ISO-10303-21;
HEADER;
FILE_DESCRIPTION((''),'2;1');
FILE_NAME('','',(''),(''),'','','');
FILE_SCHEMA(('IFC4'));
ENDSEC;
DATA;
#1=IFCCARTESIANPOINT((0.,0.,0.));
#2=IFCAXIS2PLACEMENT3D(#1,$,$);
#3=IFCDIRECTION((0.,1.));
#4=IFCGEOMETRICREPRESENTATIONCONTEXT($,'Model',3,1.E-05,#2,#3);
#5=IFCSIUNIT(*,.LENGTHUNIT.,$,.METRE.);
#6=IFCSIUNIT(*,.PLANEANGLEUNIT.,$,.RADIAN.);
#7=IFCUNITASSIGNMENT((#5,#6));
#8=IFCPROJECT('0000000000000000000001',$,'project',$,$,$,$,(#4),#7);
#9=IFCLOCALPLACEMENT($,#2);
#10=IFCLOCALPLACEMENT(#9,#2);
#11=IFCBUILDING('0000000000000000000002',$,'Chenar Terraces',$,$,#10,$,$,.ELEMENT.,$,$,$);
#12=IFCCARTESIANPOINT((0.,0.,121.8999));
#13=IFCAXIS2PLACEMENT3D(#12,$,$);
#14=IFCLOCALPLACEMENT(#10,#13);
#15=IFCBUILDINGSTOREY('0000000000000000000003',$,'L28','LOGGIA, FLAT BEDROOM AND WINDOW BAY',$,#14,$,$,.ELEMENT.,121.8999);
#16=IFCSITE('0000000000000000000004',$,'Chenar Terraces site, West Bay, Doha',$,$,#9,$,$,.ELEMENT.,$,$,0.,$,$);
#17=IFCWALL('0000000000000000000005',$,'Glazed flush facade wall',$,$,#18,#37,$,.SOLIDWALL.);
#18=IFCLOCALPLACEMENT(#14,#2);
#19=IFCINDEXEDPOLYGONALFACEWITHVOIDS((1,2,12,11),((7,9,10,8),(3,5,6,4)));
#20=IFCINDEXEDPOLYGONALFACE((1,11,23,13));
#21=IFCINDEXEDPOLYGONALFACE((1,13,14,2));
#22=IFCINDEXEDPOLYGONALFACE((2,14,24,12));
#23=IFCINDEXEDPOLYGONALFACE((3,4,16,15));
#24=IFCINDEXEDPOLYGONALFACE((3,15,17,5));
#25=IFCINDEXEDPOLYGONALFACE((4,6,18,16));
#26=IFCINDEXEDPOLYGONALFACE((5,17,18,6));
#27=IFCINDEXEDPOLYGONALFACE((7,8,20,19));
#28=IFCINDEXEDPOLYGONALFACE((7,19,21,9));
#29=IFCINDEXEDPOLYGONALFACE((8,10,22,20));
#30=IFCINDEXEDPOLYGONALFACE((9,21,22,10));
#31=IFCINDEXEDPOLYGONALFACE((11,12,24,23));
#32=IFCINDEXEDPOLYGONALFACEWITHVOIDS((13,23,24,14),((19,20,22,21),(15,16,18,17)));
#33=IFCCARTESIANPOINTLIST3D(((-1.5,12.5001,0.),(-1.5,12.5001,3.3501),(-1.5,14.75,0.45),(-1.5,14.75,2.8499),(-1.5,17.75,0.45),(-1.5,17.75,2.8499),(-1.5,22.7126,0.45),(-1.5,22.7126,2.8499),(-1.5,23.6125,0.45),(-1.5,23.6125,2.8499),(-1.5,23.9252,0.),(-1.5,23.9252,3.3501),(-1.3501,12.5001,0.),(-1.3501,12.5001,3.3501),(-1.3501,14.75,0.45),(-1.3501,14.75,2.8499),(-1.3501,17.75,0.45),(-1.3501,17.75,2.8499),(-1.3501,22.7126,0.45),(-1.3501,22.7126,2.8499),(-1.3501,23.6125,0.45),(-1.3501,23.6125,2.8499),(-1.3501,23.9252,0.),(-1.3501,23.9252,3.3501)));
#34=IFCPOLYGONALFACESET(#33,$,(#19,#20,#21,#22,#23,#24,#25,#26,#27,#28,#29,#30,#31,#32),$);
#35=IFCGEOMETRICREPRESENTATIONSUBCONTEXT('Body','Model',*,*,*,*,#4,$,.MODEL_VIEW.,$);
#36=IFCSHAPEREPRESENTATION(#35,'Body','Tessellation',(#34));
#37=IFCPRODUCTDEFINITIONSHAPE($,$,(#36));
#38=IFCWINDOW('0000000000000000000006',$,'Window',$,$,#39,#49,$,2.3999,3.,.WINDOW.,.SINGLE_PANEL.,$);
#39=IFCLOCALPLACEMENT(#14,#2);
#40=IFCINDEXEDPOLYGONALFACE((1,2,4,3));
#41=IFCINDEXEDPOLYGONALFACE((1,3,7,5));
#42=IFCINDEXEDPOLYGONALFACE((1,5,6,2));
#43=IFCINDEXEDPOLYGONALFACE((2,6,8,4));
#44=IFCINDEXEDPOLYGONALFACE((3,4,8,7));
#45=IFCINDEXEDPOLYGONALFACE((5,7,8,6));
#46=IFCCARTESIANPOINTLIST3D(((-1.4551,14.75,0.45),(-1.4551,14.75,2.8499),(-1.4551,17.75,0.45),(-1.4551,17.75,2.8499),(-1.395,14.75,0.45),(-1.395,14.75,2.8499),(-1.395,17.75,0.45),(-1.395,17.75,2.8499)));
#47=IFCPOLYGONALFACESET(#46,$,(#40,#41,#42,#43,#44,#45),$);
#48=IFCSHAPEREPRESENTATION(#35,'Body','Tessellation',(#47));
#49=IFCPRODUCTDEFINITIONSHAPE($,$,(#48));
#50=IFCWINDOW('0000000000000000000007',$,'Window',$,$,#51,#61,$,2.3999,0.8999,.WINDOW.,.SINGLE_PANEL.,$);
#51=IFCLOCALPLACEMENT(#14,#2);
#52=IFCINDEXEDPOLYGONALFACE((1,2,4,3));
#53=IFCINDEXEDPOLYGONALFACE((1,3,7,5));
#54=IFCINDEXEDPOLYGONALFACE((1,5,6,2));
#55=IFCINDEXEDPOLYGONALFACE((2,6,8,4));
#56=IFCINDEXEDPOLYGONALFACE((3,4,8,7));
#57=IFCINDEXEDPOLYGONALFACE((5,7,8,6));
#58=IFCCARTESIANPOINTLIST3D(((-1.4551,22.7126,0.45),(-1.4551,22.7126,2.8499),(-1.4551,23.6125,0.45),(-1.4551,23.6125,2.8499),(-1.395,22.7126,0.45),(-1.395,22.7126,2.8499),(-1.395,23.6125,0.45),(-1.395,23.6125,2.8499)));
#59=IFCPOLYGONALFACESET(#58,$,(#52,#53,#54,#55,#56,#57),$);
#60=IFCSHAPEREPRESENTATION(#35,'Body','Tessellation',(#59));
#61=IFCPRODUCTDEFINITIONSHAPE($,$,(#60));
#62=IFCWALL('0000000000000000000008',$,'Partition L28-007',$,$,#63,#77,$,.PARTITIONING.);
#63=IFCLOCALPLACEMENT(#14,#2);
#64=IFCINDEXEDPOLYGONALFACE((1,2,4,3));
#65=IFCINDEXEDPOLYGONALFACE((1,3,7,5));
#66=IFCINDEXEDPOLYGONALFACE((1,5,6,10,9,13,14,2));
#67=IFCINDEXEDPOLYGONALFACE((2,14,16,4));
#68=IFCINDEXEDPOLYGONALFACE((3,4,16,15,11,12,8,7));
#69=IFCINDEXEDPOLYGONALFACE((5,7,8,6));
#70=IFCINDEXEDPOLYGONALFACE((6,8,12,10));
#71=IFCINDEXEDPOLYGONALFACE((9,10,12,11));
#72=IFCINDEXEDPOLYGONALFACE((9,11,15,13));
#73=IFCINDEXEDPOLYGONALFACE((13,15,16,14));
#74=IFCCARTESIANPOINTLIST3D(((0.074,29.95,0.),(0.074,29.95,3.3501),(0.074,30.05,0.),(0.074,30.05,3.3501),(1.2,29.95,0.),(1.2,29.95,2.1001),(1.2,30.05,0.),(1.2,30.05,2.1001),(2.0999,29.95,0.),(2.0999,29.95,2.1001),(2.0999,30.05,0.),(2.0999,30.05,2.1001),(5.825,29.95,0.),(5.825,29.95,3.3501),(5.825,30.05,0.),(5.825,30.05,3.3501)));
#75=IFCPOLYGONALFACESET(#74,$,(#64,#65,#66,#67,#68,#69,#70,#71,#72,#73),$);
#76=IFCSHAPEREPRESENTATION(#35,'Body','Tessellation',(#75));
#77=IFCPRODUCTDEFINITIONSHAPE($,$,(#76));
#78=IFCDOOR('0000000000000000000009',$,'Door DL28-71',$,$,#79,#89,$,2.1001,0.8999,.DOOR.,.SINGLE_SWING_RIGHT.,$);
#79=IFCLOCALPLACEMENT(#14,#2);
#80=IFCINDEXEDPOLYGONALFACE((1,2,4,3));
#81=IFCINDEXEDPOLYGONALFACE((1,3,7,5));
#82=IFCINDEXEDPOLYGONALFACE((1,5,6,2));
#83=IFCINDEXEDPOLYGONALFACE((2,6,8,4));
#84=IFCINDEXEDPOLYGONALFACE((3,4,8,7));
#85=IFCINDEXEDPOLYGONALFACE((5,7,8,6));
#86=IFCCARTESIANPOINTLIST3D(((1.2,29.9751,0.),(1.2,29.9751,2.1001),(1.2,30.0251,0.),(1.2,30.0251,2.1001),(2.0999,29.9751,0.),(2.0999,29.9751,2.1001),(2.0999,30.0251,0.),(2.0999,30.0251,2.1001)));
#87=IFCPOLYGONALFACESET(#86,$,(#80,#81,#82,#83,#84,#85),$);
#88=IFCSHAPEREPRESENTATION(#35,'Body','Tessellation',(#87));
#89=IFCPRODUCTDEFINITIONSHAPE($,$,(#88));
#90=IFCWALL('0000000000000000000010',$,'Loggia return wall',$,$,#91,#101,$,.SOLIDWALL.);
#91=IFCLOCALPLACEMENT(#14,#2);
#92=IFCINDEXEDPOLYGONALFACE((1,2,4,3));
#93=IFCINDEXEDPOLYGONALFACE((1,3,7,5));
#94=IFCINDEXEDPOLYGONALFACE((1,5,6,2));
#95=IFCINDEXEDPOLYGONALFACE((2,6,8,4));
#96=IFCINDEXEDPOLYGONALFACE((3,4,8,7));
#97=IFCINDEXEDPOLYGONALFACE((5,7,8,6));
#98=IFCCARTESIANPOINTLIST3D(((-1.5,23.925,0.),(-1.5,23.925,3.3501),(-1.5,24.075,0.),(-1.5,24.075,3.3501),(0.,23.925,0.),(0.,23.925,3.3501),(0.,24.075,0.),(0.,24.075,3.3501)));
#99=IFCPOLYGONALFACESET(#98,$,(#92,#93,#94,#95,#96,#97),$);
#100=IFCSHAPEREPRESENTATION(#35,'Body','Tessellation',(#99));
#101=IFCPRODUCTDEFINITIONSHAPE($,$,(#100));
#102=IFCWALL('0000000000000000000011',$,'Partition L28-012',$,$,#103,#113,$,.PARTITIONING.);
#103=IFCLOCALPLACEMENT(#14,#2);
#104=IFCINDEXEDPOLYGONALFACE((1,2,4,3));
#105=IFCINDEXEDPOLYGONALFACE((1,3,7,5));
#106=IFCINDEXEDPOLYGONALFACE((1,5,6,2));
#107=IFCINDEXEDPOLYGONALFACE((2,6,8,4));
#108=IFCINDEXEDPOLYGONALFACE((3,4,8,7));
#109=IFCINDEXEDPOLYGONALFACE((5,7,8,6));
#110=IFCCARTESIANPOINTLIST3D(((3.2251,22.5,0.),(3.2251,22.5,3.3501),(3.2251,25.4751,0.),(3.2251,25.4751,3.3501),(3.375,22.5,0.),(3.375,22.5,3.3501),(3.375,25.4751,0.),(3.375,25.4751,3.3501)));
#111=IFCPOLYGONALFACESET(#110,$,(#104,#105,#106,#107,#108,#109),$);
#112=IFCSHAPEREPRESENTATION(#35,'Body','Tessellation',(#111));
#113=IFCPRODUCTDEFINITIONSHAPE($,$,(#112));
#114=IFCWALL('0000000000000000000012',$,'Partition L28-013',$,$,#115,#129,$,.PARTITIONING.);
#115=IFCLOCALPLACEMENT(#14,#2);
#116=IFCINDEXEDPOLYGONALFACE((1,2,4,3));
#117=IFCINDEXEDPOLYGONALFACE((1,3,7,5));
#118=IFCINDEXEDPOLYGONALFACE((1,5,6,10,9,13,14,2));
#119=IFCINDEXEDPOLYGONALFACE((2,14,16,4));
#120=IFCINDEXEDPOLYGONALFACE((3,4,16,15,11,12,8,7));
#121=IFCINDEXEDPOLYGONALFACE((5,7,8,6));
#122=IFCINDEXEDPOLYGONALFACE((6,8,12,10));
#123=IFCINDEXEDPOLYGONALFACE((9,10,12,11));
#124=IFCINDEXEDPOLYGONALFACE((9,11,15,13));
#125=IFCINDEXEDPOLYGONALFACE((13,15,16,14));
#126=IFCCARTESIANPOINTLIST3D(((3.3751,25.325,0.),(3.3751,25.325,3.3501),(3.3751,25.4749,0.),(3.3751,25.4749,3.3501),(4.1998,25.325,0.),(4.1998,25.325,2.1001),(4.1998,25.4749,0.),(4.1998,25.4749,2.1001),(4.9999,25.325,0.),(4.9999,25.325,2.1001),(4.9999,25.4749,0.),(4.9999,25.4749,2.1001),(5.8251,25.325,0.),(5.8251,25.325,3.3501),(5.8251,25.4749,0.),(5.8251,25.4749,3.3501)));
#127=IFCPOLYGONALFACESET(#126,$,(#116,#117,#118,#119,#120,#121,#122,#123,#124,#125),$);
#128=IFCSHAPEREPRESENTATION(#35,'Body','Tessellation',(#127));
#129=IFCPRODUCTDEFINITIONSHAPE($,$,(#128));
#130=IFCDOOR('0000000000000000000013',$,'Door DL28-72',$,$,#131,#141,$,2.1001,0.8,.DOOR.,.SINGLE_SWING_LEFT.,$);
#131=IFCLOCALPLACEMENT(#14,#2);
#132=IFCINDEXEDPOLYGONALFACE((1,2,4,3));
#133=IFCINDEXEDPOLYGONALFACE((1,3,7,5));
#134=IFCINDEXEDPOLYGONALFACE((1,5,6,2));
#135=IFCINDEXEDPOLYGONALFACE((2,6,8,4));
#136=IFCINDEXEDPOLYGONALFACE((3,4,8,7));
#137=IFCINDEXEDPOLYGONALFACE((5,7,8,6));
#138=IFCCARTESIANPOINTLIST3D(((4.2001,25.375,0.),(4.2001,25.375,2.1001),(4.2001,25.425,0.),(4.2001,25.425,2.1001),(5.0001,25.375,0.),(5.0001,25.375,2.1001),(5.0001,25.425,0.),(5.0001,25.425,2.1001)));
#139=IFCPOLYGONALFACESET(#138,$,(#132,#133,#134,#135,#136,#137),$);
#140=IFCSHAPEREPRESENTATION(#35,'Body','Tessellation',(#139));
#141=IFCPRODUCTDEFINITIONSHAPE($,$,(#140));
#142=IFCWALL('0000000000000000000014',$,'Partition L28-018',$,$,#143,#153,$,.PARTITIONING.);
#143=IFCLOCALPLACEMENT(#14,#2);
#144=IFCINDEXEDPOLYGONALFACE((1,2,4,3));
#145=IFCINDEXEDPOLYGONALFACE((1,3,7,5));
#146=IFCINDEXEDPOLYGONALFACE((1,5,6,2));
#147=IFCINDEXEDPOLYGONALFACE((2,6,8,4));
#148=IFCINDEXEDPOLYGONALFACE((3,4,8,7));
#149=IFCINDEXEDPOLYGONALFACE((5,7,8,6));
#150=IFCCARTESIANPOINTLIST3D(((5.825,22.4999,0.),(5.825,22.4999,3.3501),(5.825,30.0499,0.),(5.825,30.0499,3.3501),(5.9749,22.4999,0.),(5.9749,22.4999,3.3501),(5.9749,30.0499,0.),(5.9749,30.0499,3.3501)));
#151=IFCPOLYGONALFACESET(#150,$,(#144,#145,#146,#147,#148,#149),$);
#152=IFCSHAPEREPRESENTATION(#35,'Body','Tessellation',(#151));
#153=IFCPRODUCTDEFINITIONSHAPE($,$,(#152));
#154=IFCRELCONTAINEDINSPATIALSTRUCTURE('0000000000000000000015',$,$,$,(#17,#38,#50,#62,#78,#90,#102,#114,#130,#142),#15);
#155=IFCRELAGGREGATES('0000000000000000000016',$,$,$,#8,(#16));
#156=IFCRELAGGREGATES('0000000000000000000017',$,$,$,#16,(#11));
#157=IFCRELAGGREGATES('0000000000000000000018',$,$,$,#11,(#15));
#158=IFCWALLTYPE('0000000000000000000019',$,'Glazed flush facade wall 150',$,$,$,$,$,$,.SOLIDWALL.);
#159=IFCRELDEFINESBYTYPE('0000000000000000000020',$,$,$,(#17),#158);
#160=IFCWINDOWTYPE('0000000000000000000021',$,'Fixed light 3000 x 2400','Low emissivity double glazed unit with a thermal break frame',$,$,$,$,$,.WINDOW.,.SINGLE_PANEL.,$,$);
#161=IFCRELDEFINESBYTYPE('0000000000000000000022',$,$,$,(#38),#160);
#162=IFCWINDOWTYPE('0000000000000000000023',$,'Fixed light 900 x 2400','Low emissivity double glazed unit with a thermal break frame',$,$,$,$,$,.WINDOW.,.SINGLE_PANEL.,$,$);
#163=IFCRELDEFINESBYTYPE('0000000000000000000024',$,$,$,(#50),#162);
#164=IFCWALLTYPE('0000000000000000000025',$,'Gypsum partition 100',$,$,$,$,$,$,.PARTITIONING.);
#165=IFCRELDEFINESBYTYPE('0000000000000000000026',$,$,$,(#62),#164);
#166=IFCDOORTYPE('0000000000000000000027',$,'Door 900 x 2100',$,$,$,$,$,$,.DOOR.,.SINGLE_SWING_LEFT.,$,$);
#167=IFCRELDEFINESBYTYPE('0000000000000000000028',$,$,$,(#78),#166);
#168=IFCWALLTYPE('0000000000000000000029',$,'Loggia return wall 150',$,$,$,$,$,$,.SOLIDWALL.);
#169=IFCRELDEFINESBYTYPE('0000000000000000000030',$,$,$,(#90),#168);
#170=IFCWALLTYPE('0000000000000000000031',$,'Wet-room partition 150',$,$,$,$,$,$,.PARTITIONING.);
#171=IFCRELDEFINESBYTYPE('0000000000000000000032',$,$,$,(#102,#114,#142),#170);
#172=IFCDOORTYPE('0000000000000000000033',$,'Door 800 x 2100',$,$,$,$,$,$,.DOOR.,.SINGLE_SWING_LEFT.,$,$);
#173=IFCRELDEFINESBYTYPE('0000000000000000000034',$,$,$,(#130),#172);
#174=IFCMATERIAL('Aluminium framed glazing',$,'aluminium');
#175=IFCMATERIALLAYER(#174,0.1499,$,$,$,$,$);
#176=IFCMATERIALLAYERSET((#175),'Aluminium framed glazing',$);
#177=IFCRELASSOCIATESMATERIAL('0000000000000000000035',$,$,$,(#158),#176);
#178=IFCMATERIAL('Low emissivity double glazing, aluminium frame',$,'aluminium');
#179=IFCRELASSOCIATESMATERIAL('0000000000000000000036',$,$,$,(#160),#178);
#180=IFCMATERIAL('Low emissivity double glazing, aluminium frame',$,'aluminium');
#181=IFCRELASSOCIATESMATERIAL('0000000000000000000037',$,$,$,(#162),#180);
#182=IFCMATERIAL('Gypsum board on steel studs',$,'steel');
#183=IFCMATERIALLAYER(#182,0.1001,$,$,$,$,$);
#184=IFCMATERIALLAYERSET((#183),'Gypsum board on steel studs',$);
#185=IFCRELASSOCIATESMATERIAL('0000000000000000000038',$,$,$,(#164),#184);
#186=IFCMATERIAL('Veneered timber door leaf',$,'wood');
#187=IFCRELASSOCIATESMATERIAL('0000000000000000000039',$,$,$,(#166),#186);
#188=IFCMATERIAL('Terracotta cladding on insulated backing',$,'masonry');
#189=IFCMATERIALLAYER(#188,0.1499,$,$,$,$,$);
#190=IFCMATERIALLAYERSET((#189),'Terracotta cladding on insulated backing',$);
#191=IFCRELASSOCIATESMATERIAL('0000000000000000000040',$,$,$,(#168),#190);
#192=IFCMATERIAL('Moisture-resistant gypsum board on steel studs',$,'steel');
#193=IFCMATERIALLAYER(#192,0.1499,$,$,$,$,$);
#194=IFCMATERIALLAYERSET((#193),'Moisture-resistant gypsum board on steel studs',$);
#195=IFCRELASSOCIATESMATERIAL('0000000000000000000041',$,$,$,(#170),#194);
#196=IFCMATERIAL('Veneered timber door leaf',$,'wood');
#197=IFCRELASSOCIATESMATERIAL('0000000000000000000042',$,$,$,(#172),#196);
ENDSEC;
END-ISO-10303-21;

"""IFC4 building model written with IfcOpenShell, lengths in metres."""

from ifc_helpers import new_model, si_unit, direction, frame, frame_2d, origin, place, context, subcontext, project, spatial, rectangle, extrude, material, layer, layer_set, type_object, element, fill, save


model = new_model("IFC4")

# Units and contexts
model_context = context("Model", 3, precision=1e-05, world=origin(), true_north=direction((0.0, 1.0)))
body_context = subcontext(model_context, "Body", "Model", "MODEL_VIEW")
ifc_project = project(units=[si_unit("LENGTHUNIT", "METRE"), si_unit("PLANEANGLEUNIT", "RADIAN")], contexts=[model_context])

# Site, building, storey
site_placement = place(None, origin())
site = spatial("IfcSite", under=ifc_project, at=site_placement, Name="Chenar Terraces site, West Bay, Doha", CompositionType="ELEMENT", RefElevation=0.0)
building_placement = place(site_placement, origin())
building = spatial("IfcBuilding", under=site, at=building_placement, Name="Chenar Terraces", CompositionType="ELEMENT")
storey_placement = place(building_placement, frame((0.0, 0.0, 121.8999)))
storey = spatial("IfcBuildingStorey", under=building, at=storey_placement, Name="L28", Description="LOGGIA, FLAT BEDROOM AND WINDOW BAY", CompositionType="ELEMENT", Elevation=121.8999)

# Wall, openings, windows
ifc_material_1 = material(Name="Aluminium framed glazing", Category="aluminium")
ifc_layer_1 = layer(ifc_material_1, 0.1499)
ifc_layer_set_1 = layer_set([ifc_layer_1], Name="Aluminium framed glazing")
wall_type_1 = type_object("IfcWallType", Name="Glazed flush facade wall 150", PredefinedType="SOLIDWALL", material=ifc_layer_set_1)
wall_1_placement = place(storey_placement, frame((-1.425, 23.925, 0.0), z_axis=(0.0, 0.0, 1.0), x_axis=(0.0, -1.0, 0.0)))
wall_1 = element("IfcWall", 1, at=wall_1_placement, inside=storey, type_object=wall_type_1, Name="Glazed flush facade wall", PredefinedType="SOLIDWALL", context=body_context, shape_type="SweptSolid", body=[
    extrude(rectangle(XDim=11.425, YDim=0.1499, at=frame_2d((5.7124, 0.0))), origin(), (0.0, 0.0, 1.0), 3.3501),
])
opening_1_placement = place(wall_1_placement, frame((0.3125, 0.0, 0.45)))
opening_1 = element("IfcOpeningElement", 2, at=opening_1_placement, cuts=wall_1, PredefinedType="OPENING", context=body_context, shape_type="SweptSolid", body=[
    extrude(rectangle(XDim=0.8999, YDim=2.3999, at=frame_2d((0.45, 1.2))), frame((0.0, 0.085, 0.0), z_axis=(0.0, -1.0, 0.0), x_axis=(1.0, 0.0, 0.0)), (0.0, 0.0, 1.0), 0.1699),
])
opening_2_placement = place(wall_1_placement, frame((6.175, 0.0, 0.45)))
opening_2 = element("IfcOpeningElement", 3, at=opening_2_placement, cuts=wall_1, PredefinedType="OPENING", context=body_context, shape_type="SweptSolid", body=[
    extrude(rectangle(XDim=3.0, YDim=2.3999, at=frame_2d((1.5, 1.2))), frame((0.0, 0.085, 0.0), z_axis=(0.0, -1.0, 0.0), x_axis=(1.0, 0.0, 0.0)), (0.0, 0.0, 1.0), 0.1699),
])
ifc_material_2 = material(Name="Low emissivity double glazing, aluminium frame", Category="aluminium")
window_type_1 = type_object("IfcWindowType", Name="Fixed light 3000 x 2400", Description="Low emissivity double glazed unit with a thermal break frame", PartitioningType="SINGLE_PANEL", PredefinedType="WINDOW", material=ifc_material_2)
window_1_placement = place(opening_2_placement, origin())
window_1 = element("IfcWindow", 4, at=window_1_placement, inside=storey, type_object=window_type_1, Name="Window", OverallHeight=2.3999, OverallWidth=3.0, PartitioningType="SINGLE_PANEL", PredefinedType="WINDOW", context=body_context, shape_type="SweptSolid", body=[
    extrude(rectangle(XDim=3.0, YDim=2.3999, at=frame_2d((1.5, 1.2))), frame((0.0, 0.03, 0.0), z_axis=(0.0, -1.0, 0.0), x_axis=(1.0, 0.0, 0.0)), (0.0, 0.0, 1.0), 0.0601),
])
fill(opening_2, window_1)
ifc_material_3 = material(Name="Low emissivity double glazing, aluminium frame", Category="aluminium")
window_type_2 = type_object("IfcWindowType", Name="Fixed light 900 x 2400", Description="Low emissivity double glazed unit with a thermal break frame", PartitioningType="SINGLE_PANEL", PredefinedType="WINDOW", material=ifc_material_3)
window_2_placement = place(opening_1_placement, origin())
window_2 = element("IfcWindow", 5, at=window_2_placement, inside=storey, type_object=window_type_2, Name="Window", OverallHeight=2.3999, OverallWidth=0.8999, PartitioningType="SINGLE_PANEL", PredefinedType="WINDOW", context=body_context, shape_type="SweptSolid", body=[
    extrude(rectangle(XDim=0.8999, YDim=2.3999, at=frame_2d((0.45, 1.2))), frame((0.0, 0.03, 0.0), z_axis=(0.0, -1.0, 0.0), x_axis=(1.0, 0.0, 0.0)), (0.0, 0.0, 1.0), 0.0601),
])
fill(opening_1, window_2)

# Wall, opening, door
ifc_material_4 = material(Name="Gypsum board on steel studs", Category="steel")
ifc_layer_2 = layer(ifc_material_4, 0.1001)
ifc_layer_set_2 = layer_set([ifc_layer_2], Name="Gypsum board on steel studs")
wall_type_2 = type_object("IfcWallType", Name="Gypsum partition 100", PredefinedType="PARTITIONING", material=ifc_layer_set_2)
wall_2_placement = place(storey_placement, frame((0.074, 30.0, 0.0), z_axis=(0.0, 0.0, 1.0), x_axis=(1.0, 0.0, 0.0)))
wall_2 = element("IfcWall", 6, at=wall_2_placement, inside=storey, type_object=wall_type_2, Name="Partition L28-007", PredefinedType="PARTITIONING", context=body_context, shape_type="SweptSolid", body=[
    extrude(rectangle(XDim=5.751, YDim=0.1001, at=frame_2d((2.8755, 0.0))), origin(), (0.0, 0.0, 1.0), 3.3501),
])
opening_3_placement = place(wall_2_placement, frame((1.126, 0.0, 0.0)))
opening_3 = element("IfcOpeningElement", 7, at=opening_3_placement, cuts=wall_2, PredefinedType="OPENING", context=body_context, shape_type="SweptSolid", body=[
    extrude(rectangle(XDim=0.8999, YDim=2.1001, at=frame_2d((0.45, 1.05))), frame((0.0, 0.0601, 0.0), z_axis=(0.0, -1.0, 0.0), x_axis=(1.0, 0.0, 0.0)), (0.0, 0.0, 1.0), 0.1201),
])
ifc_material_5 = material(Name="Veneered timber door leaf", Category="wood")
door_type_1 = type_object("IfcDoorType", Name="Door 900 x 2100", OperationType="SINGLE_SWING_LEFT", PredefinedType="DOOR", material=ifc_material_5)
door_1_placement = place(opening_3_placement, frame((0.8999, 0.0, 0.0), z_axis=(0.0, 0.0, 1.0), x_axis=(-1.0, 0.0, 0.0)))
door_1 = element("IfcDoor", 8, at=door_1_placement, inside=storey, type_object=door_type_1, Name="Door DL28-71", OperationType="SINGLE_SWING_RIGHT", OverallHeight=2.1001, OverallWidth=0.8999, PredefinedType="DOOR", context=body_context, shape_type="SweptSolid", body=[
    extrude(rectangle(XDim=0.8999, YDim=2.1001, at=frame_2d((0.45, 1.05))), frame((0.0, 0.0249, 0.0), z_axis=(0.0, -1.0, 0.0), x_axis=(1.0, 0.0, 0.0)), (0.0, 0.0, 1.0), 0.05),
])
fill(opening_3, door_1)

# Walls
ifc_material_6 = material(Name="Terracotta cladding on insulated backing", Category="masonry")
ifc_layer_3 = layer(ifc_material_6, 0.1499)
ifc_layer_set_3 = layer_set([ifc_layer_3], Name="Terracotta cladding on insulated backing")
wall_type_3 = type_object("IfcWallType", Name="Loggia return wall 150", PredefinedType="SOLIDWALL", material=ifc_layer_set_3)
wall_3_placement = place(storey_placement, frame((-1.5, 24.0, 0.0), z_axis=(0.0, 0.0, 1.0), x_axis=(1.0, 0.0, 0.0)))
element("IfcWall", 9, at=wall_3_placement, inside=storey, type_object=wall_type_3, Name="Loggia return wall", PredefinedType="SOLIDWALL", context=body_context, shape_type="SweptSolid", body=[
    extrude(rectangle(XDim=1.5, YDim=0.1499, at=frame_2d((0.75, 0.0))), origin(), (0.0, 0.0, 1.0), 3.3501),
])
ifc_material_7 = material(Name="Moisture-resistant gypsum board on steel studs", Category="steel")
ifc_layer_4 = layer(ifc_material_7, 0.1499)
ifc_layer_set_4 = layer_set([ifc_layer_4], Name="Moisture-resistant gypsum board on steel studs")
wall_type_4 = type_object("IfcWallType", Name="Wet-room partition 150", PredefinedType="PARTITIONING", material=ifc_layer_set_4)
wall_4_placement = place(storey_placement, frame((3.3, 22.5, 0.0), z_axis=(0.0, 0.0, 1.0), x_axis=(0.0, 1.0, 0.0)))
element("IfcWall", 10, at=wall_4_placement, inside=storey, type_object=wall_type_4, Name="Partition L28-012", PredefinedType="PARTITIONING", context=body_context, shape_type="SweptSolid", body=[
    extrude(rectangle(XDim=2.9751, YDim=0.1499, at=frame_2d((1.4875, 0.0))), origin(), (0.0, 0.0, 1.0), 3.3501),
])

# Wall, opening, door
wall_5_placement = place(storey_placement, frame((3.375, 25.3999, 0.0), z_axis=(0.0, 0.0, 1.0), x_axis=(1.0, 0.0, 0.0)))
wall_5 = element("IfcWall", 11, at=wall_5_placement, inside=storey, type_object=wall_type_4, Name="Partition L28-013", PredefinedType="PARTITIONING", context=body_context, shape_type="SweptSolid", body=[
    extrude(rectangle(XDim=2.45, YDim=0.1499, at=frame_2d((1.2251, 0.0))), origin(), (0.0, 0.0, 1.0), 3.3501),
])
opening_4_placement = place(wall_5_placement, frame((0.825, 0.0, 0.0)))
opening_4 = element("IfcOpeningElement", 12, at=opening_4_placement, cuts=wall_5, PredefinedType="OPENING", context=body_context, shape_type="SweptSolid", body=[
    extrude(rectangle(XDim=0.8, YDim=2.1001, at=frame_2d((0.3999, 1.05))), frame((0.0, 0.085, 0.0), z_axis=(0.0, -1.0, 0.0), x_axis=(1.0, 0.0, 0.0)), (0.0, 0.0, 1.0), 0.1699),
])
ifc_material_8 = material(Name="Veneered timber door leaf", Category="wood")
door_type_2 = type_object("IfcDoorType", Name="Door 800 x 2100", OperationType="SINGLE_SWING_LEFT", PredefinedType="DOOR", material=ifc_material_8)
door_2_placement = place(opening_4_placement, frame((0.8, 0.0, 0.0), z_axis=(0.0, 0.0, 1.0), x_axis=(-1.0, 0.0, 0.0)))
door_2 = element("IfcDoor", 13, at=door_2_placement, inside=storey, type_object=door_type_2, Name="Door DL28-72", OperationType="SINGLE_SWING_LEFT", OverallHeight=2.1001, OverallWidth=0.8, PredefinedType="DOOR", context=body_context, shape_type="SweptSolid", body=[
    extrude(rectangle(XDim=0.8, YDim=2.1001, at=frame_2d((0.3999, 1.05))), frame((0.0, 0.0249, 0.0), z_axis=(0.0, -1.0, 0.0), x_axis=(1.0, 0.0, 0.0)), (0.0, 0.0, 1.0), 0.05),
])
fill(opening_4, door_2)

# Wall
wall_6_placement = place(storey_placement, frame((5.8999, 22.5, 0.0), z_axis=(0.0, 0.0, 1.0), x_axis=(0.0, 1.0, 0.0)))
element("IfcWall", 14, at=wall_6_placement, inside=storey, type_object=wall_type_4, Name="Partition L28-018", PredefinedType="PARTITIONING", context=body_context, shape_type="SweptSolid", body=[
    extrude(rectangle(XDim=7.55, YDim=0.1499, at=frame_2d((3.7749, 0.0))), origin(), (0.0, 0.0, 1.0), 3.3501),
])

save(model, "model.ifc")
